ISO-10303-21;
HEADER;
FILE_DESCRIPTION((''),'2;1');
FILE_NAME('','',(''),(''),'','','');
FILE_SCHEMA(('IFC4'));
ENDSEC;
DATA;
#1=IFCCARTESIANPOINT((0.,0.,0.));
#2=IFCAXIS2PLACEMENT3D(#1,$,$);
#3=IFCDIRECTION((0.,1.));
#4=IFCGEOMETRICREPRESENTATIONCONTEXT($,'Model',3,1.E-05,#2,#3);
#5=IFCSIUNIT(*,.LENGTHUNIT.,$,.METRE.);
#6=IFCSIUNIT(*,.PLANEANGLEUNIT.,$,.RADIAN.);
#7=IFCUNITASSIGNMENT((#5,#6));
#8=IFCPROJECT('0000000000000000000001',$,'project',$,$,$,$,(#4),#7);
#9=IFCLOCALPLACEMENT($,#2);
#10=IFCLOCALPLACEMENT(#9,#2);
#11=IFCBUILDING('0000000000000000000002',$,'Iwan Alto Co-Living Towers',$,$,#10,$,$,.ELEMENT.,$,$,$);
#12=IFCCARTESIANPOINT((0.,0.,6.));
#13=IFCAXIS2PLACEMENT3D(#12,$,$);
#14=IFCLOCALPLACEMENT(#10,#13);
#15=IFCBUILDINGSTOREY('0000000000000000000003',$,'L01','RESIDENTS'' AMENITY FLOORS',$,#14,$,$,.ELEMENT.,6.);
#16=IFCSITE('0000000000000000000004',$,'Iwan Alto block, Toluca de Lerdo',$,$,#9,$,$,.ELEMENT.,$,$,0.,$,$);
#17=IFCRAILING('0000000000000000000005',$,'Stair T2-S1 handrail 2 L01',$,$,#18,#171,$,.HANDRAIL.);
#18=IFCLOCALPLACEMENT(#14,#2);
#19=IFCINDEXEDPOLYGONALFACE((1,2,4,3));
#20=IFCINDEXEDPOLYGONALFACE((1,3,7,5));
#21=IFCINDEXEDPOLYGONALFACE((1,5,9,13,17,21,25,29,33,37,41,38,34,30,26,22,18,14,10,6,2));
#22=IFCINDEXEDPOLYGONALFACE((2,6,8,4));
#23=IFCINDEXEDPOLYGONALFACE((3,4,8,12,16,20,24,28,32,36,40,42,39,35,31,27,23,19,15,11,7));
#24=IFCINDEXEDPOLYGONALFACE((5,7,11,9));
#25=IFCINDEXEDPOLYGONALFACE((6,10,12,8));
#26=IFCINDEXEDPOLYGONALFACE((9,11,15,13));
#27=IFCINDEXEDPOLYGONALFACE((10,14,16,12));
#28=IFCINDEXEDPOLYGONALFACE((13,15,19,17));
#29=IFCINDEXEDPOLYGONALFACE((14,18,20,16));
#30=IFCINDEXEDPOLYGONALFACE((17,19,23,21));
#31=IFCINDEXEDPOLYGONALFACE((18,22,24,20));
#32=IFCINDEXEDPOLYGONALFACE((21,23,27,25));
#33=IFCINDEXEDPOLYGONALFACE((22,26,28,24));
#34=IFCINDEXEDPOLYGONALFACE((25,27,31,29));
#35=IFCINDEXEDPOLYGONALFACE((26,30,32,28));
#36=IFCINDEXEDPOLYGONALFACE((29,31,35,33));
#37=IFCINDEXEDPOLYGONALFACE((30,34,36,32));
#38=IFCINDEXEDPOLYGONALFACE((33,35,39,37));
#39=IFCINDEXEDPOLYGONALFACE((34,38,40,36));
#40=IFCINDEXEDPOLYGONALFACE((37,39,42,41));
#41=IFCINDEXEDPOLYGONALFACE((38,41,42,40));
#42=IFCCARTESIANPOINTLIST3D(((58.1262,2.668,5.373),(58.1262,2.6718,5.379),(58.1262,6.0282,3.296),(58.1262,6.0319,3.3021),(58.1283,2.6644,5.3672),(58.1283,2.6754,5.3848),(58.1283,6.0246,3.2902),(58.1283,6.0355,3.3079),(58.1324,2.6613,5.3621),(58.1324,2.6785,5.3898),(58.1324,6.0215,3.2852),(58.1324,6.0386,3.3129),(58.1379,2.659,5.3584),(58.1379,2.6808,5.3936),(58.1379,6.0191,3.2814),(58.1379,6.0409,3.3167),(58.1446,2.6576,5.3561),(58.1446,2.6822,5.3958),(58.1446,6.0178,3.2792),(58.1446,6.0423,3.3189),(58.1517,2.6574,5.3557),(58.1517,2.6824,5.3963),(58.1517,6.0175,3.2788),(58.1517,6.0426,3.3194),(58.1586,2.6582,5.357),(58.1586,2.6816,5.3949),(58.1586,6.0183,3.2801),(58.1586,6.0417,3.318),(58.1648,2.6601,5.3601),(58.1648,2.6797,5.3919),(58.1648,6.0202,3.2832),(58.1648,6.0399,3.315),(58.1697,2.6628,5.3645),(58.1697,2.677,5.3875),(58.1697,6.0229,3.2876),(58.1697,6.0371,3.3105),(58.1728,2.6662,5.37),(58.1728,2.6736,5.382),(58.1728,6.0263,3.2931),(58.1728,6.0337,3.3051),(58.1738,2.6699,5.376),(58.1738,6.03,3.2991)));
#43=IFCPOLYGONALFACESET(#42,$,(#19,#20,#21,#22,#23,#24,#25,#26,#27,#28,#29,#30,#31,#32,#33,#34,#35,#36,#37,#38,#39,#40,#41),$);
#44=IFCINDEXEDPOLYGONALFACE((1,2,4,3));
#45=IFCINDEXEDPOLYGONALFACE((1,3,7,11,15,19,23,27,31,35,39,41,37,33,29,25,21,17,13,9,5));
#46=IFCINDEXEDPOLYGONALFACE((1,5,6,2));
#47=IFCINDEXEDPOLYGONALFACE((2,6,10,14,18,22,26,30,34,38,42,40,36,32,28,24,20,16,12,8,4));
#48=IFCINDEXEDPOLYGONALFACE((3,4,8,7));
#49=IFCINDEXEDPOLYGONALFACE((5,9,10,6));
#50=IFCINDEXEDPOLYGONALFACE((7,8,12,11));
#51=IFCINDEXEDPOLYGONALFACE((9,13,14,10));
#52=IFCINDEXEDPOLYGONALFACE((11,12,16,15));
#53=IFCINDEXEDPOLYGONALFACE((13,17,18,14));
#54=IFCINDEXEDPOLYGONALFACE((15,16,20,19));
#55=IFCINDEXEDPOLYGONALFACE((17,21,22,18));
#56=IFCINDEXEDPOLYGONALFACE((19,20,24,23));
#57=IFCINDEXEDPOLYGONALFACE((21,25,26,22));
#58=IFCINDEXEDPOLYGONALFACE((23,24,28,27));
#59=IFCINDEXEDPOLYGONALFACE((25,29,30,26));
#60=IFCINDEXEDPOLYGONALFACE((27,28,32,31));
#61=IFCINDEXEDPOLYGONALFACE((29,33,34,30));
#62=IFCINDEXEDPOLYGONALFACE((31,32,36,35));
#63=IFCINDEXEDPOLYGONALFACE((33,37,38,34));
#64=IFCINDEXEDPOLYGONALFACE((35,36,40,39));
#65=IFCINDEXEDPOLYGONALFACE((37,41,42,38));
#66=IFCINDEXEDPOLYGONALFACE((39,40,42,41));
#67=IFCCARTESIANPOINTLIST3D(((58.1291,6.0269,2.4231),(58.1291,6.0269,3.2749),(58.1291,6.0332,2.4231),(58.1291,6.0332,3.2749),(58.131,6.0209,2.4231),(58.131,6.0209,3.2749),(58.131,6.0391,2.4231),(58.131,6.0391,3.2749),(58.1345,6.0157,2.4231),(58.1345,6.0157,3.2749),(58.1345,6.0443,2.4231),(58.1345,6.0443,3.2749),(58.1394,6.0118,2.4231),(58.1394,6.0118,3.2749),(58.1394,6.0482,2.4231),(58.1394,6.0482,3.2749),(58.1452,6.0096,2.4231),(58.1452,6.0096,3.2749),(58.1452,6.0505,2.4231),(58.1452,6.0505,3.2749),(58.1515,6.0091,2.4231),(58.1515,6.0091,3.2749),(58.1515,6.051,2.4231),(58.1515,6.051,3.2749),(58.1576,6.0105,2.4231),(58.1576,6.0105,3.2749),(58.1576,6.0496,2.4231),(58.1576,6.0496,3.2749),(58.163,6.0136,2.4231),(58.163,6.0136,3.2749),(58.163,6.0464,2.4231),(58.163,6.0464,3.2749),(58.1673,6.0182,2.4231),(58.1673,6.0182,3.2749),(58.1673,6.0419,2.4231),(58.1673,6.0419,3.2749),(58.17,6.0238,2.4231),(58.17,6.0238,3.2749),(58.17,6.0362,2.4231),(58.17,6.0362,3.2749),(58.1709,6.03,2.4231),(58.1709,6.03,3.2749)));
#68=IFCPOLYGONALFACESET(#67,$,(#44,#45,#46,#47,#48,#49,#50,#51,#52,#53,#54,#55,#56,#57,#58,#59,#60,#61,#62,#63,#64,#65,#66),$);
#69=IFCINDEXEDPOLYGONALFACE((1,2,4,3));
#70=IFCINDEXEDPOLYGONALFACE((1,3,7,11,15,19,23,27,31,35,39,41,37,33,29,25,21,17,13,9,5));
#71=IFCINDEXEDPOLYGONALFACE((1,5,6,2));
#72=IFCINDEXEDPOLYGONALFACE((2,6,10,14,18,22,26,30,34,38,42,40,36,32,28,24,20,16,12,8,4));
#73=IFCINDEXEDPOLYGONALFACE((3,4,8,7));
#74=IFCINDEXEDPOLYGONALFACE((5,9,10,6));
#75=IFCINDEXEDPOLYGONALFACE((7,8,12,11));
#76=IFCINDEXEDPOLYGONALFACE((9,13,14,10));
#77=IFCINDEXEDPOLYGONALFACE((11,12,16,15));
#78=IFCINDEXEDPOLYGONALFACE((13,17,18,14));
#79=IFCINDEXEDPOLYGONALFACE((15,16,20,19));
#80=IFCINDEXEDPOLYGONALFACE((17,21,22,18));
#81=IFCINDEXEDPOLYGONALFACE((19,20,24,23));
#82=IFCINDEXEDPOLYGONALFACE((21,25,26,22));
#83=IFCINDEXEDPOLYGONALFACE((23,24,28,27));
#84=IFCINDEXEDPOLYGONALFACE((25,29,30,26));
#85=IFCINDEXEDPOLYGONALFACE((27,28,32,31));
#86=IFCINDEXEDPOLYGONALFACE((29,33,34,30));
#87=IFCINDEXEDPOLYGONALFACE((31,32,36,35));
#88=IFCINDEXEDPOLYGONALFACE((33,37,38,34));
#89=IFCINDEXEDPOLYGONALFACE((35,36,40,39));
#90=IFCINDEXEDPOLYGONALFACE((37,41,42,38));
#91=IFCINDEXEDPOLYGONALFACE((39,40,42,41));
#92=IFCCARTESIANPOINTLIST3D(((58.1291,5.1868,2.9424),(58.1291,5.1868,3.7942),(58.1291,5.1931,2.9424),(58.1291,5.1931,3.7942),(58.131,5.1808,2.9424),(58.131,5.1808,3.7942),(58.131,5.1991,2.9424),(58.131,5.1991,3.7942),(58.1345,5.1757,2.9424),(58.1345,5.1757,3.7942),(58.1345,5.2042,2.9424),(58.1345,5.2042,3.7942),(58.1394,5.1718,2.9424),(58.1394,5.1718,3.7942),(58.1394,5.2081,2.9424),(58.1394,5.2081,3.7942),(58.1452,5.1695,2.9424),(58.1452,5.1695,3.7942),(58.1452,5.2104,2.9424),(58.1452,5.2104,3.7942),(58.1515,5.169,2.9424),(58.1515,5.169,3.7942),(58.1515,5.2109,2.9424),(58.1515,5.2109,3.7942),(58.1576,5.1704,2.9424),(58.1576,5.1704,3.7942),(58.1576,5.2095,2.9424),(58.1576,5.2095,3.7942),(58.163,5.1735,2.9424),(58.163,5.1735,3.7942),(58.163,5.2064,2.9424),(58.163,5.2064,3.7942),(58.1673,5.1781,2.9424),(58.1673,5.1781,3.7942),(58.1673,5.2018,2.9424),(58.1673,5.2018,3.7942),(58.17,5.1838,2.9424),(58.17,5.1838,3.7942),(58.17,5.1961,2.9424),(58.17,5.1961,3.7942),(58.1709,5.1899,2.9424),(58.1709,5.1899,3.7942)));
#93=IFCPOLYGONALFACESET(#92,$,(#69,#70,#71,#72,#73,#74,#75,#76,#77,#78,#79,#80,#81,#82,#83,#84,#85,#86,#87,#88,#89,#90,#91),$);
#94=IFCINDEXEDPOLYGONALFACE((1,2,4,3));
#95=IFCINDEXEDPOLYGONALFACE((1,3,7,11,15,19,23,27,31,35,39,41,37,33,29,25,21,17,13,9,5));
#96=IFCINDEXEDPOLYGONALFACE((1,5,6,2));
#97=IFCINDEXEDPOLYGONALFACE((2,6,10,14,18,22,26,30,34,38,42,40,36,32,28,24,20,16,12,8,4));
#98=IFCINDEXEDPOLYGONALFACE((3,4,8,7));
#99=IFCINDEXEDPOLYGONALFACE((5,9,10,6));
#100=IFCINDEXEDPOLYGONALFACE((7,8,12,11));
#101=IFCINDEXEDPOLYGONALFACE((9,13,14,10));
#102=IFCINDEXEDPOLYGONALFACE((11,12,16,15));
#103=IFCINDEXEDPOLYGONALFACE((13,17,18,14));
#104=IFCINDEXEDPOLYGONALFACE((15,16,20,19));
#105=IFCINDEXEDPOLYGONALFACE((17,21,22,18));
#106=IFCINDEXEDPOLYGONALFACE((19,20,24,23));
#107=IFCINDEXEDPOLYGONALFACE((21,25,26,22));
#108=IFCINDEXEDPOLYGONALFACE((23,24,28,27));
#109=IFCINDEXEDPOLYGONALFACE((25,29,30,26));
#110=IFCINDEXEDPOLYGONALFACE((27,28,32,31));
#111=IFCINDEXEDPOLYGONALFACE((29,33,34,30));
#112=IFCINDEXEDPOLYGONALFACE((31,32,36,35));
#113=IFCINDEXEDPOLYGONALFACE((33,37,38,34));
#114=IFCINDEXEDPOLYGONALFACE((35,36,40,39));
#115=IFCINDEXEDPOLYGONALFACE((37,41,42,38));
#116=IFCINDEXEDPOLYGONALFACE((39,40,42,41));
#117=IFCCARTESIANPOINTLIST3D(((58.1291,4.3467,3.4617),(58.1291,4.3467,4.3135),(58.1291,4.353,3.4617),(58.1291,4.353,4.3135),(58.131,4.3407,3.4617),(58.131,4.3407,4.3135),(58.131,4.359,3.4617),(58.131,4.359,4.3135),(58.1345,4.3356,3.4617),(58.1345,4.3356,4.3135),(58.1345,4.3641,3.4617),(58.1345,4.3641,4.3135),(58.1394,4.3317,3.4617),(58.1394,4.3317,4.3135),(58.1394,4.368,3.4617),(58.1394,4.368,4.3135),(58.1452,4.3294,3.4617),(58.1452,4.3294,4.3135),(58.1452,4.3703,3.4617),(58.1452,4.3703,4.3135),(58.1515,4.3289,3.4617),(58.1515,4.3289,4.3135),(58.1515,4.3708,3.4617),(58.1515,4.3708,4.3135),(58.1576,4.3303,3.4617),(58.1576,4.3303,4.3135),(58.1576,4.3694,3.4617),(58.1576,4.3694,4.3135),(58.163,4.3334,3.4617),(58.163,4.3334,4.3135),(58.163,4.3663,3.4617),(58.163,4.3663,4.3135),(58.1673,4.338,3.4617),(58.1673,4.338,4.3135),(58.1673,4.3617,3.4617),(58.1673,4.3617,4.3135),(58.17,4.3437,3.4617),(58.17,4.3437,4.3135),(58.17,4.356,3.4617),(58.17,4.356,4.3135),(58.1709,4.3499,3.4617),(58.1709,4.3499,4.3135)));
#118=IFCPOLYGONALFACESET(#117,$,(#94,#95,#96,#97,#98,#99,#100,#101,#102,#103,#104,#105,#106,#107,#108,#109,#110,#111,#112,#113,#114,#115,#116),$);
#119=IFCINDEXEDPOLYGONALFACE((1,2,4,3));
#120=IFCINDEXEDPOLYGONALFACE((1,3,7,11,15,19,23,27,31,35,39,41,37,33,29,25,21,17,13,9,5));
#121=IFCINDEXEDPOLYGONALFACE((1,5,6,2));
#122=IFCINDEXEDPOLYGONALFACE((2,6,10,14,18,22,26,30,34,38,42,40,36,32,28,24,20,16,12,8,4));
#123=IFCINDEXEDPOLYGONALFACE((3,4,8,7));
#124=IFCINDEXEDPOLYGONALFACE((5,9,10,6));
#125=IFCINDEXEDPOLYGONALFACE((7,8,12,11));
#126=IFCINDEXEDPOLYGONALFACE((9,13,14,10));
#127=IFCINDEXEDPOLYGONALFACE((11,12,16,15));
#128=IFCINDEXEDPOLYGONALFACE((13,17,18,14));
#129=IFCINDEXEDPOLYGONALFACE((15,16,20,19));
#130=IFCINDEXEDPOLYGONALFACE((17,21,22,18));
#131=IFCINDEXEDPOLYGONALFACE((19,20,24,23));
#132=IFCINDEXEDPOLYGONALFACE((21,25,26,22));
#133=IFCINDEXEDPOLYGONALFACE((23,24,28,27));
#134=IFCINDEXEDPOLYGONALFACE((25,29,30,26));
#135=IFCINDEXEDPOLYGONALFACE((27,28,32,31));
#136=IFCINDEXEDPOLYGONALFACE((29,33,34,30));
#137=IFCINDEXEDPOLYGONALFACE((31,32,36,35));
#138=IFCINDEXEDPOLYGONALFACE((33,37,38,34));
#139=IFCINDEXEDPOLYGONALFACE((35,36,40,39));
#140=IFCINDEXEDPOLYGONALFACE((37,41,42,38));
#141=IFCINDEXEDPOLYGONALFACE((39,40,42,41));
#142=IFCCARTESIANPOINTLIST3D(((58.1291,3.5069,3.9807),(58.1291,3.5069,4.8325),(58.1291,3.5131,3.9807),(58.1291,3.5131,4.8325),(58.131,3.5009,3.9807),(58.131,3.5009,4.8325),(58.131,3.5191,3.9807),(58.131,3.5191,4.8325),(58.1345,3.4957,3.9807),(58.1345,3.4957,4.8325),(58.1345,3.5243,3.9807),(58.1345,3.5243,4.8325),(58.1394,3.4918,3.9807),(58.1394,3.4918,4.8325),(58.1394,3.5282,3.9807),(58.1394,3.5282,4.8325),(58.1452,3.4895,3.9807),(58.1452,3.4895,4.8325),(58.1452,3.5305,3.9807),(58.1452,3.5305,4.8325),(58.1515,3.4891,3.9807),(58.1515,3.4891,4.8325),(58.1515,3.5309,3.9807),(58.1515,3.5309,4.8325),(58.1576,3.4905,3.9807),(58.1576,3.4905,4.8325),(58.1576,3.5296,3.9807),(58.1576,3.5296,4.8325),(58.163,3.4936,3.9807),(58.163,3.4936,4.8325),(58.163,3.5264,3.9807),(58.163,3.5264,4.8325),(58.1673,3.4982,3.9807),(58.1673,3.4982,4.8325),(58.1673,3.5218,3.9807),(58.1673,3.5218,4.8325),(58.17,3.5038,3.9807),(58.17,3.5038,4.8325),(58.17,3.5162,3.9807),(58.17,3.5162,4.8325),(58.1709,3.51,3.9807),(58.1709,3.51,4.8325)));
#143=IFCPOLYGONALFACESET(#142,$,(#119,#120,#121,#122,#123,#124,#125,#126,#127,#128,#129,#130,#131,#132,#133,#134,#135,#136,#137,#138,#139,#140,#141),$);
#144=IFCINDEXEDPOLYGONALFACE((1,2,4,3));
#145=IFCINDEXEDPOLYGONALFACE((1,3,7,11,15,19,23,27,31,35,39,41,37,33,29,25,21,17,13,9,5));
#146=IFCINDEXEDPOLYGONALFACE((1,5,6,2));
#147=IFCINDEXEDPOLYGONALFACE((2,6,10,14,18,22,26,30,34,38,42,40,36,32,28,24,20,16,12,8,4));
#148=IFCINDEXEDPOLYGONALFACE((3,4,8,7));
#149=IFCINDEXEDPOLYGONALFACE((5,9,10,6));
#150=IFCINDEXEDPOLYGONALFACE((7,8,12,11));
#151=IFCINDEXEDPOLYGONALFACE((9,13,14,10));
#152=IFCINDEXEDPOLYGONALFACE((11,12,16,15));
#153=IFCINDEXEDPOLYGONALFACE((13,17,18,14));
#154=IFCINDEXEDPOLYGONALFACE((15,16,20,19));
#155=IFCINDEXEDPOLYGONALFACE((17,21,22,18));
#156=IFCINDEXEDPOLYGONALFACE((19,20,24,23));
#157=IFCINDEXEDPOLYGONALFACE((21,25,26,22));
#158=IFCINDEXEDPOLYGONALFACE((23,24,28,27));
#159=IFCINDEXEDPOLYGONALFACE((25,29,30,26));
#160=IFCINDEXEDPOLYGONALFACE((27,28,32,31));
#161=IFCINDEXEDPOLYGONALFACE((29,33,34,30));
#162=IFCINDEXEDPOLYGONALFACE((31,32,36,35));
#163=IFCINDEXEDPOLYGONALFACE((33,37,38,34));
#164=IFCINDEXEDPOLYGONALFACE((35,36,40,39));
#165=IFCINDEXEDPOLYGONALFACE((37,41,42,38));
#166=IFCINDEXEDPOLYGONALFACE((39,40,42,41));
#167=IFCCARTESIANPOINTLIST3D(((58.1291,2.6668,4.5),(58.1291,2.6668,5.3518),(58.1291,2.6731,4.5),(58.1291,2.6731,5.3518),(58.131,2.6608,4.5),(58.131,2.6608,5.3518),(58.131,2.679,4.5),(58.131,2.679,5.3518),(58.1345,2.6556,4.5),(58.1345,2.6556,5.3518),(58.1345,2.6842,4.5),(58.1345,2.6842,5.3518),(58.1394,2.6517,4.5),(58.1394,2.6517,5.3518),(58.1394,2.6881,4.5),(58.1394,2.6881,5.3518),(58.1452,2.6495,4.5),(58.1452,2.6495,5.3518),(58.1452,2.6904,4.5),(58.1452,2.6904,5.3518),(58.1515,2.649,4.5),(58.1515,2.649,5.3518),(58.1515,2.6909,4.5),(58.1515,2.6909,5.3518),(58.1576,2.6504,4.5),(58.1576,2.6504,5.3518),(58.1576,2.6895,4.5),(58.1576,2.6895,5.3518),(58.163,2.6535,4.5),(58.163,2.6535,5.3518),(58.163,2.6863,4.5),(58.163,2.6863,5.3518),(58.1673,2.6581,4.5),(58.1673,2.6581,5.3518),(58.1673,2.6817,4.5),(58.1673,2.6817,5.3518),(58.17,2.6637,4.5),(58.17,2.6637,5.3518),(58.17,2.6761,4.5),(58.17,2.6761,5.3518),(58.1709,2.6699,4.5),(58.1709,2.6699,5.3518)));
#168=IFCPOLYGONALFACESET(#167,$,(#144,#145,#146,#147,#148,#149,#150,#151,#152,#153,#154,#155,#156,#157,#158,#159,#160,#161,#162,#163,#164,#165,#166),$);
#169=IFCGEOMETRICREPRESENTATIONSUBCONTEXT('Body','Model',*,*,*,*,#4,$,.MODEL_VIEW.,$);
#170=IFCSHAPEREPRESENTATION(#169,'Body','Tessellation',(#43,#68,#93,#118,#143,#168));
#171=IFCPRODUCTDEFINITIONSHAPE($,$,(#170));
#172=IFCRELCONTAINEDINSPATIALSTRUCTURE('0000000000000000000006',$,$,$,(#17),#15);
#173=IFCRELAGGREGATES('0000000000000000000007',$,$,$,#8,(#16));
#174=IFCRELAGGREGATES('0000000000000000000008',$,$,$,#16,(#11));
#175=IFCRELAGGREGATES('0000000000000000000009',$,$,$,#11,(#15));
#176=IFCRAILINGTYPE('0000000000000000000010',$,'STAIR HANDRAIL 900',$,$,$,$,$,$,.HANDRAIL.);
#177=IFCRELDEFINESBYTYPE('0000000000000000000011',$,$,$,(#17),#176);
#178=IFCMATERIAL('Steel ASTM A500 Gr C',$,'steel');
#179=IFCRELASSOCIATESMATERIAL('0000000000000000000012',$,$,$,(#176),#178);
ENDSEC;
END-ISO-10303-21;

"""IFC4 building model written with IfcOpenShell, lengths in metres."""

from ifc_helpers import new_model, si_unit, direction, frame, origin, origin_2d, place, context, subcontext, project, spatial, circle, extrude, material, type_object, element, save


model = new_model("IFC4")

# Units and contexts
model_context = context("Model", 3, precision=1e-05, world=origin(), true_north=direction((0.0, 1.0)))
body_context = subcontext(model_context, "Body", "Model", "MODEL_VIEW")
ifc_project = project(units=[si_unit("LENGTHUNIT", "METRE"), si_unit("PLANEANGLEUNIT", "RADIAN")], contexts=[model_context])

# Site, building, storey
site_placement = place(None, origin())
site = spatial("IfcSite", under=ifc_project, at=site_placement, Name="Iwan Alto block, Toluca de Lerdo", CompositionType="ELEMENT", RefElevation=0.0)
building_placement = place(site_placement, origin())
building = spatial("IfcBuilding", under=site, at=building_placement, Name="Iwan Alto Co-Living Towers", CompositionType="ELEMENT")
storey_placement = place(building_placement, frame((0.0, 0.0, 6.0)))
storey = spatial("IfcBuildingStorey", under=building, at=storey_placement, Name="L01", Description="RESIDENTS' AMENITY FLOORS", CompositionType="ELEMENT", Elevation=6.0)

# Railing
ifc_material_1 = material(Name="Steel ASTM A500 Gr C", Category="steel")
railing_type_1 = type_object("IfcRailingType", Name="STAIR HANDRAIL 900", PredefinedType="HANDRAIL", material=ifc_material_1)
railing_1_placement = place(storey_placement, frame((58.1499, 6.03, 2.4231)))
element("IfcRailing", 1, at=railing_1_placement, inside=storey, type_object=railing_type_1, Name="Stair T2-S1 handrail 2 L01", PredefinedType="HANDRAIL", context=body_context, shape_type="SweptSolid", body=[
    extrude(circle(Radius=0.0239, at=origin_2d()), frame((0.0, 0.0, 0.876), z_axis=(0.0, -0.850623, 0.525776), x_axis=(1.0, 0.0, 0.0)), (0.0, 0.0, 1.0), 3.9502),
    extrude(circle(Radius=0.021, at=origin_2d()), origin(), (0.0, 0.0, 1.0), 0.8518),
    extrude(circle(Radius=0.021, at=origin_2d()), frame((0.0, -0.8401, 0.5193)), (0.0, 0.0, 1.0), 0.8518),
    extrude(circle(Radius=0.021, at=origin_2d()), frame((0.0, -1.6802, 1.0386)), (0.0, 0.0, 1.0), 0.8518),
    extrude(circle(Radius=0.021, at=origin_2d()), frame((0.0, -2.52, 1.5576)), (0.0, 0.0, 1.0), 0.8518),
    extrude(circle(Radius=0.021, at=origin_2d()), frame((0.0, -3.3601, 2.0769)), (0.0, 0.0, 1.0), 0.8518),
])

save(model, "model.ifc")
